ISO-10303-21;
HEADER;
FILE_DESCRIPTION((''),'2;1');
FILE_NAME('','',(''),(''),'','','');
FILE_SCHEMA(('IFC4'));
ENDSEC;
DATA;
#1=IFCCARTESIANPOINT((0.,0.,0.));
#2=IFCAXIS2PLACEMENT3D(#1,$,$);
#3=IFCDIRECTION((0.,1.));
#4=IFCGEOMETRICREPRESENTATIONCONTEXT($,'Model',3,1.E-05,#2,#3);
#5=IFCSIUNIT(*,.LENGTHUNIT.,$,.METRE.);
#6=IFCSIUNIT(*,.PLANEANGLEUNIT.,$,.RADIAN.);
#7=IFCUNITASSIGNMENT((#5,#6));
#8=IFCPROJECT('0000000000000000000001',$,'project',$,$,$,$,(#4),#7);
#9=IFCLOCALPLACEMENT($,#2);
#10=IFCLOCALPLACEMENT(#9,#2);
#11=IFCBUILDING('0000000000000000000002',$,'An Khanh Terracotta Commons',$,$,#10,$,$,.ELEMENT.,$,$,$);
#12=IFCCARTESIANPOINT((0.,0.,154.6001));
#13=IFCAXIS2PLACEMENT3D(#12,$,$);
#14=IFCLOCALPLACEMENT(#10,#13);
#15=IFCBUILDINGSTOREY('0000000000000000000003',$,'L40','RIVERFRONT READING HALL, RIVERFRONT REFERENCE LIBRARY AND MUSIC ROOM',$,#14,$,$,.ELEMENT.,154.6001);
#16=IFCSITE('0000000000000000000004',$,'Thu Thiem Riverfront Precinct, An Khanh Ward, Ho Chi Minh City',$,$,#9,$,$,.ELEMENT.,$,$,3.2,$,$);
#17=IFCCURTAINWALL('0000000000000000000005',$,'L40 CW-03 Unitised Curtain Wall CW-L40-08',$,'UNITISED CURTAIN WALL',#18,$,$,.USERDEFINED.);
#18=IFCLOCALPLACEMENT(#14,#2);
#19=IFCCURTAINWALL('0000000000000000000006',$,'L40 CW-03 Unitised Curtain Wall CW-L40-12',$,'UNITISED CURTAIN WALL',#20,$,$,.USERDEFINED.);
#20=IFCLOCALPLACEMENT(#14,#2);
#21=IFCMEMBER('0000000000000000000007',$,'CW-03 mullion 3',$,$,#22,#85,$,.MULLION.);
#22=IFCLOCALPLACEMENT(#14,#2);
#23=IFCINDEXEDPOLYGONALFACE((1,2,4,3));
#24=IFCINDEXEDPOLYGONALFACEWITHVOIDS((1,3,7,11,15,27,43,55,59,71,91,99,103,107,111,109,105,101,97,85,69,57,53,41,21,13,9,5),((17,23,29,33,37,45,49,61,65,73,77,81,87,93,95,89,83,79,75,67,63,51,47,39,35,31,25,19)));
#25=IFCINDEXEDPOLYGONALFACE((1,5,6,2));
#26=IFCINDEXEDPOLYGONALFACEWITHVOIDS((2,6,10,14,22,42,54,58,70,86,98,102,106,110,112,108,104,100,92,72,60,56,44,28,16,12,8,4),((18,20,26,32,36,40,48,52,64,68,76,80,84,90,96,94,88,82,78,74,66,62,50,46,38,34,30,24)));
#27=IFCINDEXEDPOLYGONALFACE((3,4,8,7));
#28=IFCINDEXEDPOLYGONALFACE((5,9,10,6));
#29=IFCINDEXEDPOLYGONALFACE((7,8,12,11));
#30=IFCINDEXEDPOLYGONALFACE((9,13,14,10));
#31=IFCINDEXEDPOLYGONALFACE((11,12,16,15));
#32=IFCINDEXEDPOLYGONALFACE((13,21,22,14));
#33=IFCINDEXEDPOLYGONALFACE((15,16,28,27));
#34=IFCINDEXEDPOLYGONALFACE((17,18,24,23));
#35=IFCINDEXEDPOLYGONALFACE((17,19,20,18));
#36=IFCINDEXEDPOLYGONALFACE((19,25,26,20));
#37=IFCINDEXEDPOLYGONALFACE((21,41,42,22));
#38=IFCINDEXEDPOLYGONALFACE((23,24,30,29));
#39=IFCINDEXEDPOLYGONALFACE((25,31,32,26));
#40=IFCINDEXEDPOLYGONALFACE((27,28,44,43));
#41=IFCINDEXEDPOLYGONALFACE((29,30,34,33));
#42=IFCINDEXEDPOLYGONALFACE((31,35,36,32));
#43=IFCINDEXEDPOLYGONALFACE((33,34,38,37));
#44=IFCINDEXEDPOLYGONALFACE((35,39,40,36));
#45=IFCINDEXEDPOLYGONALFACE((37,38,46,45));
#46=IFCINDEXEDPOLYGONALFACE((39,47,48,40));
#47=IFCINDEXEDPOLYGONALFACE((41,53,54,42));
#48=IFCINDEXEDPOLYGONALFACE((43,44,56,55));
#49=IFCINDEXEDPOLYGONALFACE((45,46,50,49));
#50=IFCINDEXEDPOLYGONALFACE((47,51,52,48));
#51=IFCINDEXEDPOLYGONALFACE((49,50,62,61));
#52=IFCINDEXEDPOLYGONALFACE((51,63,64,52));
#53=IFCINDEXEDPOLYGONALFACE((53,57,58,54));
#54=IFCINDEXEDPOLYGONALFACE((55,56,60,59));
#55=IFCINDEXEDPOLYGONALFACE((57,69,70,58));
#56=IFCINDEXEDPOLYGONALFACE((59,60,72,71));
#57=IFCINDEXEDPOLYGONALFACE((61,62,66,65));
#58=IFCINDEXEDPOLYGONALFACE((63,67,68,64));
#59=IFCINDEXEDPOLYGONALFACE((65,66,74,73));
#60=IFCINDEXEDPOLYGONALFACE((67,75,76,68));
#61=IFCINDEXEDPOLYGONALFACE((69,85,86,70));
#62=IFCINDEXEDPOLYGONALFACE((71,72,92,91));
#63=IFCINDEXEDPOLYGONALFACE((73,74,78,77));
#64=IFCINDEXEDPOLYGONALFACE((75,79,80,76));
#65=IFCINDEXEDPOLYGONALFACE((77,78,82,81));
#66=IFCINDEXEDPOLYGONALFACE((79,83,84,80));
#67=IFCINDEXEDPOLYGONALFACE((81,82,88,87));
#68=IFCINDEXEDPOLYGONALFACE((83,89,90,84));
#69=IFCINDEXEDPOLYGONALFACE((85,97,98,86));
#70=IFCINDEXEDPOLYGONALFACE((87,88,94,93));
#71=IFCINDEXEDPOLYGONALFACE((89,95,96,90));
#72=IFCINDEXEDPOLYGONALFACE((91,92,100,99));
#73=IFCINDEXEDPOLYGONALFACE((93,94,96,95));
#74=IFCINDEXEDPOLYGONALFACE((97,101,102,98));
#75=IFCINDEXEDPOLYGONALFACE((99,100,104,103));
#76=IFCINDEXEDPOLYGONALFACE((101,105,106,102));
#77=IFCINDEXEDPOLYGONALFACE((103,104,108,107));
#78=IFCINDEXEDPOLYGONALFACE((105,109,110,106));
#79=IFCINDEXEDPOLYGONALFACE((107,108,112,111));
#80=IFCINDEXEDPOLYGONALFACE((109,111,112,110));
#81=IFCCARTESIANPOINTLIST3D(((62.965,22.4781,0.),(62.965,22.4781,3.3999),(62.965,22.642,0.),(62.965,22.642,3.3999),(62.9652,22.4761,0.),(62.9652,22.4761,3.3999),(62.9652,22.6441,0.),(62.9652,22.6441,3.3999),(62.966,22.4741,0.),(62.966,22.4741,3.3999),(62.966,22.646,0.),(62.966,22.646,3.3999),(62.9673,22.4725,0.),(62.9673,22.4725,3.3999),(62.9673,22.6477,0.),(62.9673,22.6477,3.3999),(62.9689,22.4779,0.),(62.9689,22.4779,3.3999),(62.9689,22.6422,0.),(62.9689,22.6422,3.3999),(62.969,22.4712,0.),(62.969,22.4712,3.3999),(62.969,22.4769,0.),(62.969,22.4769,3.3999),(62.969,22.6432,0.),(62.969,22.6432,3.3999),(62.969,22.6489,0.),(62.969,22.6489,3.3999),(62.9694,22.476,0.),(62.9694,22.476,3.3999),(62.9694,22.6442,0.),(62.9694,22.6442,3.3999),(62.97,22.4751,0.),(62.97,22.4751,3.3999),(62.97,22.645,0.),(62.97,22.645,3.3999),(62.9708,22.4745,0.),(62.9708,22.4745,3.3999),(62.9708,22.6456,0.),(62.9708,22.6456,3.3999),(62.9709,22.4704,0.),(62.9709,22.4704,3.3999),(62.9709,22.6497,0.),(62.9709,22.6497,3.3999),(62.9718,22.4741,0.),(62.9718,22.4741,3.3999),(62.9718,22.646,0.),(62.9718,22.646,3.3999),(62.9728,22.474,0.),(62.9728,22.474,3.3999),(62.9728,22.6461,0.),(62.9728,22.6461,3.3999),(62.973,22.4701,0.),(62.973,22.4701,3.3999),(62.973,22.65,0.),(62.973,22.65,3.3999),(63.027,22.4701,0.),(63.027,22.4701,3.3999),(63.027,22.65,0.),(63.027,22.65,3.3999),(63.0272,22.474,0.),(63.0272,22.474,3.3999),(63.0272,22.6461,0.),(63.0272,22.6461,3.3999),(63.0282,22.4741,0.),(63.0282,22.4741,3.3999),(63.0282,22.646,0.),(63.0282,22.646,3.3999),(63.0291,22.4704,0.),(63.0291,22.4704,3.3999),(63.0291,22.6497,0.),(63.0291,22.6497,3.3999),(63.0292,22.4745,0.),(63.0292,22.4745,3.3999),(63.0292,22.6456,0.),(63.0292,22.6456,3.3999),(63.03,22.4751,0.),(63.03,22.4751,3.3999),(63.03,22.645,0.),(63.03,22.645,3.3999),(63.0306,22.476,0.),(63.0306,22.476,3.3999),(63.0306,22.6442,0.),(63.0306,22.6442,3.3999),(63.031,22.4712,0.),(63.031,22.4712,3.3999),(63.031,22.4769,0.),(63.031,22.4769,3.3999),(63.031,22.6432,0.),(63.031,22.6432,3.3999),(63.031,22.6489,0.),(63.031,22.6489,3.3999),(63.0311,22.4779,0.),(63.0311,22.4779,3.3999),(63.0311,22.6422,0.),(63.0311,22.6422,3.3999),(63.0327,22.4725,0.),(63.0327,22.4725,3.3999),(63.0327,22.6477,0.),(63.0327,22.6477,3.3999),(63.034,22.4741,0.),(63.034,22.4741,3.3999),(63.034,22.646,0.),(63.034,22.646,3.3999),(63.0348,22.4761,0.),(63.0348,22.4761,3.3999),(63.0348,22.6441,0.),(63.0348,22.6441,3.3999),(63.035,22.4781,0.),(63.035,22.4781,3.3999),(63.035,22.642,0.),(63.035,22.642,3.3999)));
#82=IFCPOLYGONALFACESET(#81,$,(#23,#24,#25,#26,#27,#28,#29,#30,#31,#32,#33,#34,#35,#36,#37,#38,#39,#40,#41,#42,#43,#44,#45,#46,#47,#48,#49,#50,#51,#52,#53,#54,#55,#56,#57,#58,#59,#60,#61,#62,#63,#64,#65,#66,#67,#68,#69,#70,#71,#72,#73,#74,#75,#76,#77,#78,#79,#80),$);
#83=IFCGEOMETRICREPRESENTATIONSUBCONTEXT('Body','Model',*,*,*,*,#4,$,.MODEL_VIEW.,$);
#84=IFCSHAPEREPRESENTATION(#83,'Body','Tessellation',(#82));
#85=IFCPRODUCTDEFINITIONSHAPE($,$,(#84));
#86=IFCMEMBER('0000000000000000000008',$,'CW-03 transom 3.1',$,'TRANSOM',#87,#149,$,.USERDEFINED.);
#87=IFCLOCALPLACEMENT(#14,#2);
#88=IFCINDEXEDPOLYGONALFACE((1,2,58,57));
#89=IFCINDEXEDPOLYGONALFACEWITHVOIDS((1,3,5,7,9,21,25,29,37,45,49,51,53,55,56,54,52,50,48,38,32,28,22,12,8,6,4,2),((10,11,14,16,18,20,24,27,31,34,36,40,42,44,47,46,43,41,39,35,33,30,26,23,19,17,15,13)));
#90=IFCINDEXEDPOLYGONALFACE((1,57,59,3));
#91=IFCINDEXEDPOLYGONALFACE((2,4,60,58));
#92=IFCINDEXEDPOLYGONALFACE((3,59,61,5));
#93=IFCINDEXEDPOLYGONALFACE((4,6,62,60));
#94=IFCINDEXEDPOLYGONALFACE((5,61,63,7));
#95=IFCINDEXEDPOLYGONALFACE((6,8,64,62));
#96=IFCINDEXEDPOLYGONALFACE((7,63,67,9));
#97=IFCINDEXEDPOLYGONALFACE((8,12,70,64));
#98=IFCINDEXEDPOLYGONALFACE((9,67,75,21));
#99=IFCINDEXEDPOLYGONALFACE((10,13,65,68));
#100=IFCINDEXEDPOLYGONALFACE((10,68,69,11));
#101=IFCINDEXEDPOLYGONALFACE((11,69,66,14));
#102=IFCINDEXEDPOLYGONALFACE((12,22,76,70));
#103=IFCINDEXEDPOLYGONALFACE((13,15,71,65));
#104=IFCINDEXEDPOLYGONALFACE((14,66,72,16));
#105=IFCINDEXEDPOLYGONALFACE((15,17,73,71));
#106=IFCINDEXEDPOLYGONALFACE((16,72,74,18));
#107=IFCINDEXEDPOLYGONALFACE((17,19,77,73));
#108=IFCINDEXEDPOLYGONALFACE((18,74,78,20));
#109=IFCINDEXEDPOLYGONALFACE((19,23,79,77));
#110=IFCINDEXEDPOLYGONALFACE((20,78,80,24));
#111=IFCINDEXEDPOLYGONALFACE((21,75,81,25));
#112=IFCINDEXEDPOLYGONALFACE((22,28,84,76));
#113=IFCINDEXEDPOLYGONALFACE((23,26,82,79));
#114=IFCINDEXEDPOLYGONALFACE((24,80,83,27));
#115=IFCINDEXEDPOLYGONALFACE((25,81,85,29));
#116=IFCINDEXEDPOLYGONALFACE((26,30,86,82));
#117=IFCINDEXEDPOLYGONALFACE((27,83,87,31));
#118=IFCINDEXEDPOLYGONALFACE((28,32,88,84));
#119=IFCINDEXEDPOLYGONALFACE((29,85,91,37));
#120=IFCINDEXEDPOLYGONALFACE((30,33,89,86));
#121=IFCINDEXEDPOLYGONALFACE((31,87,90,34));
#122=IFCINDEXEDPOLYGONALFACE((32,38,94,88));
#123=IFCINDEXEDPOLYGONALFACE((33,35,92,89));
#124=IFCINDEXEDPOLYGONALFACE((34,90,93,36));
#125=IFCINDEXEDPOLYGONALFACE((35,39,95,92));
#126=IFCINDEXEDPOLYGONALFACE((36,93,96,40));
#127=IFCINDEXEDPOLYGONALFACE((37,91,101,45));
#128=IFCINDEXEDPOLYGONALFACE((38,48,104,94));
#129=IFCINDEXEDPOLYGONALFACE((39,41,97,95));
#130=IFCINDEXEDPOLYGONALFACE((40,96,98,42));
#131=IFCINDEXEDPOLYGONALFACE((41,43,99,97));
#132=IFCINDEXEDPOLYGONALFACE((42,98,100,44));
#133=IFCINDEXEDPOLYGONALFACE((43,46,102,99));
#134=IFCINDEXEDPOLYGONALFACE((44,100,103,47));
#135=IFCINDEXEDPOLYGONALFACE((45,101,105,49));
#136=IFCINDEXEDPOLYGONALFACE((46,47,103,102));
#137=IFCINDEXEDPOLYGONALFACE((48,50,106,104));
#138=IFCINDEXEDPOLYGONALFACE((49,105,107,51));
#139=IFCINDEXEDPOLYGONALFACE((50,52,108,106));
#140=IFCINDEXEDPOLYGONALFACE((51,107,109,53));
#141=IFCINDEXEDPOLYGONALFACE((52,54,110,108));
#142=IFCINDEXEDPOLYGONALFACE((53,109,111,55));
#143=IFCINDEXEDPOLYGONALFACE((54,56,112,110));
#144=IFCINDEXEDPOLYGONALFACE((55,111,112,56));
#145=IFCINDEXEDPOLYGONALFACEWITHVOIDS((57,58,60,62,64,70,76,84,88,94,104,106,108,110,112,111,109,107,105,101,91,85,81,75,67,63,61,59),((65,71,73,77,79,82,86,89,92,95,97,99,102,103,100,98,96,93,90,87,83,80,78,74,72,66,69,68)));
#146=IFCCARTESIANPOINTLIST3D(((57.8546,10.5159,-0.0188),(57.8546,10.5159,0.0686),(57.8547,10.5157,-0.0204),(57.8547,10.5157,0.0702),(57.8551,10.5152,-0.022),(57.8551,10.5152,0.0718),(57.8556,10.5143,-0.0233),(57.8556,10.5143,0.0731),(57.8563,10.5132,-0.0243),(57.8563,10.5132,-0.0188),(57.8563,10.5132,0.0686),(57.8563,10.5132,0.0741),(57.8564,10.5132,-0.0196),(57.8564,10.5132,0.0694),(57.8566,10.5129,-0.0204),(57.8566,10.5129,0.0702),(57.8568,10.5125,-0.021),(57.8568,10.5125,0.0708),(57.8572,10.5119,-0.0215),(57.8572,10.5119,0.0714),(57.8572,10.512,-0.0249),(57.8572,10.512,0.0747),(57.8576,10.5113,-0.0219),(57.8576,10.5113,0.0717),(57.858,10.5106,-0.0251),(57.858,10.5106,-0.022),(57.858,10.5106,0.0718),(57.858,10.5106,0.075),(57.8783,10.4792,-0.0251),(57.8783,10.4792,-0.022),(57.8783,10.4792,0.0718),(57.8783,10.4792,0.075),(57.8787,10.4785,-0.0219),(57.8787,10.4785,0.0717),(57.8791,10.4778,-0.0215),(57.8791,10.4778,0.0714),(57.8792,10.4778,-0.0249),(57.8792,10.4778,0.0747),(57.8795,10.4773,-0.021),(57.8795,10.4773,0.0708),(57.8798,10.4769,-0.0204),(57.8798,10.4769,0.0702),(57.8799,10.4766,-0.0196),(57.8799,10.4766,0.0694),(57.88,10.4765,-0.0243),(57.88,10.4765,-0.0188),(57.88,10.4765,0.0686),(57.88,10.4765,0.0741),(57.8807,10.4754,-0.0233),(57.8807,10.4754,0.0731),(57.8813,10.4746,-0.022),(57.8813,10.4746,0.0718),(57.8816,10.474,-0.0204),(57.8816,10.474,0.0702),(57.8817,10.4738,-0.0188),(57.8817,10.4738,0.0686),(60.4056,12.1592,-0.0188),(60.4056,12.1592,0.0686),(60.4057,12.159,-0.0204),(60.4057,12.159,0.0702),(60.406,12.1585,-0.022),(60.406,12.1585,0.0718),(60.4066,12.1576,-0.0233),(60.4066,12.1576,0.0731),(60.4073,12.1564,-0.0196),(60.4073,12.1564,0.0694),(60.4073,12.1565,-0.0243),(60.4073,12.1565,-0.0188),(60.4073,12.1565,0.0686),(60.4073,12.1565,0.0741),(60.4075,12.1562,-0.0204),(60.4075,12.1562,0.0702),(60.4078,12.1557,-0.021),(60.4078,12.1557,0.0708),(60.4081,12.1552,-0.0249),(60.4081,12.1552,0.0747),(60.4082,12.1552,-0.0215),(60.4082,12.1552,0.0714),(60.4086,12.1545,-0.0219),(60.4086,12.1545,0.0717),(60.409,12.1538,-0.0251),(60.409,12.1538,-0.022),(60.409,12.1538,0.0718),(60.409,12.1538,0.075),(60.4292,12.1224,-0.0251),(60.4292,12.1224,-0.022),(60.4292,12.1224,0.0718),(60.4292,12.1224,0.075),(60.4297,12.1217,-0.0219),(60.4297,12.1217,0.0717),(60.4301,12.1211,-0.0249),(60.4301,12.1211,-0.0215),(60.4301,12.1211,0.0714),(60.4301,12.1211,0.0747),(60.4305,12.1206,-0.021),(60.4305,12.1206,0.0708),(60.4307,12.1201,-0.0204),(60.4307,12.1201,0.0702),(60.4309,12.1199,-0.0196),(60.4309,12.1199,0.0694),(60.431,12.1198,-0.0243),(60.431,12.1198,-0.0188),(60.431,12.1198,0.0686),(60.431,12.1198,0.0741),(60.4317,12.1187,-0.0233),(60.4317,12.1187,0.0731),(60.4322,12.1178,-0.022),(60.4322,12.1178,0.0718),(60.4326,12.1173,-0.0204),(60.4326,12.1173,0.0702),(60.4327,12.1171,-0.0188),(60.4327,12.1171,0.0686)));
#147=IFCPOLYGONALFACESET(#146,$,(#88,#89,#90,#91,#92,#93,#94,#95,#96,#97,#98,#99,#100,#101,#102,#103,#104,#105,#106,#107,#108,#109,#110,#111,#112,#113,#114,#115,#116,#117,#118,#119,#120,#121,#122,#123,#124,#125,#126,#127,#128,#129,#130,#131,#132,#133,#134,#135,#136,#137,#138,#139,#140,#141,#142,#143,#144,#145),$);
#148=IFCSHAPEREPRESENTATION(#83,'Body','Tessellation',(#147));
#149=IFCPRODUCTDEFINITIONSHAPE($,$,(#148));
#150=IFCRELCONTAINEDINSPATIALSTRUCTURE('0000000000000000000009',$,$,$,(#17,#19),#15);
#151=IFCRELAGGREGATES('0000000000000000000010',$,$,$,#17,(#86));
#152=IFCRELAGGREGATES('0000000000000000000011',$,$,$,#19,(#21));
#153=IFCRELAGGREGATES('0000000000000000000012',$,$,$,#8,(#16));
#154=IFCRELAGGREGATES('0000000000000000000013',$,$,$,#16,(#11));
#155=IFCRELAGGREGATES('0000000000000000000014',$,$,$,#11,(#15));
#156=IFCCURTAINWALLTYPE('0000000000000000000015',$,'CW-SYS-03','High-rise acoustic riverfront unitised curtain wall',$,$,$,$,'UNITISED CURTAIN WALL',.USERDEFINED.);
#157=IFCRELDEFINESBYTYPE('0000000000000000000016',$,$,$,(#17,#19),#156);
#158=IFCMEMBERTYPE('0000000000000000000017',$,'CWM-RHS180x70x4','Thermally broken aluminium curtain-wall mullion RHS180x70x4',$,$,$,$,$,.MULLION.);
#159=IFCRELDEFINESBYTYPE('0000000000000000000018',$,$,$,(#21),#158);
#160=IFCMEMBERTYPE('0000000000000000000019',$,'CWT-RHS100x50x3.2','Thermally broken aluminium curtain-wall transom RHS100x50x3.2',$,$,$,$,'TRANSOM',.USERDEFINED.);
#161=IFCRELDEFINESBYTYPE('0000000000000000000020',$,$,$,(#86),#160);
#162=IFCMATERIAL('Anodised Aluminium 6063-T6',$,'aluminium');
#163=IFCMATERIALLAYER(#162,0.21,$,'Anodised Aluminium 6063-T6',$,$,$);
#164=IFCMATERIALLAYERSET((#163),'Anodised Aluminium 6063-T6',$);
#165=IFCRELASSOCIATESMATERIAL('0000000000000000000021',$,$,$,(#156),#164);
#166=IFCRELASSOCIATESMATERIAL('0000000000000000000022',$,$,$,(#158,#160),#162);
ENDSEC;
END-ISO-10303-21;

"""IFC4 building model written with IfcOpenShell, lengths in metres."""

from ifc_helpers import new_model, si_unit, direction, frame, origin, origin_2d, place, context, subcontext, project, spatial, hollow_rectangle, extrude, material, layer, layer_set, material_profile, profile_set, type_object, element, aggregate, save


model = new_model("IFC4")

# Units and contexts
model_context = context("Model", 3, precision=1e-05, world=origin(), true_north=direction((0.0, 1.0)))
body_context = subcontext(model_context, "Body", "Model", "MODEL_VIEW")
ifc_project = project(units=[si_unit("LENGTHUNIT", "METRE"), si_unit("PLANEANGLEUNIT", "RADIAN")], contexts=[model_context])

# Site, building, storey
site_placement = place(None, origin())
site = spatial("IfcSite", under=ifc_project, at=site_placement, Name="Thu Thiem Riverfront Precinct, An Khanh Ward, Ho Chi Minh City", CompositionType="ELEMENT", RefElevation=3.2)
building_placement = place(site_placement, origin())
building = spatial("IfcBuilding", under=site, at=building_placement, Name="An Khanh Terracotta Commons", CompositionType="ELEMENT")
storey_placement = place(building_placement, frame((0.0, 0.0, 154.6001)))
storey = spatial("IfcBuildingStorey", under=building, at=storey_placement, Name="L40", Description="RIVERFRONT READING HALL, RIVERFRONT REFERENCE LIBRARY AND MUSIC ROOM", CompositionType="ELEMENT", Elevation=154.6001)

# Curtain walls, member
ifc_material_1 = material(Name="Anodised Aluminium 6063-T6", Category="aluminium")
ifc_layer_1 = layer(ifc_material_1, 0.21, Name="Anodised Aluminium 6063-T6")
ifc_layer_set_1 = layer_set([ifc_layer_1], Name="Anodised Aluminium 6063-T6")
curtain_wall_type = type_object("IfcCurtainWallType", Name="CW-SYS-03", Description="High-rise acoustic riverfront unitised curtain wall", ElementType="UNITISED CURTAIN WALL", PredefinedType="USERDEFINED", material=ifc_layer_set_1)
curtain_wall_1_placement = place(storey_placement, origin())
curtain_wall_1 = element("IfcCurtainWall", 1, at=curtain_wall_1_placement, inside=storey, type_object=curtain_wall_type, Name="L40 CW-03 Unitised Curtain Wall CW-L40-08", ObjectType="UNITISED CURTAIN WALL", PredefinedType="USERDEFINED")
ifc_material_profile_1 = material_profile(ifc_material_1, hollow_rectangle(XDim=0.0701, YDim=0.1799, WallThickness=0.0039, InnerFilletRadius=0.0039, OuterFilletRadius=0.0081, at=origin_2d()), Name="RHS180x70x4")
ifc_profile_set_1 = profile_set([ifc_material_profile_1], Name="Anodised Aluminium 6063-T6")
member_type_1 = type_object("IfcMemberType", Name="CWM-RHS180x70x4", Description="Thermally broken aluminium curtain-wall mullion RHS180x70x4", PredefinedType="MULLION", material=ifc_profile_set_1)
curtain_wall_2_placement = place(storey_placement, origin())
curtain_wall_2 = element("IfcCurtainWall", 2, at=curtain_wall_2_placement, inside=storey, type_object=curtain_wall_type, Name="L40 CW-03 Unitised Curtain Wall CW-L40-12", ObjectType="UNITISED CURTAIN WALL", PredefinedType="USERDEFINED")
member_1_placement = place(storey_placement, frame((63.0, 22.5601, 0.0), z_axis=(0.0, 0.0, 1.0), x_axis=(-1.0, 0.0, 0.0)))
member_1 = element("IfcMember", 3, at=member_1_placement, type_object=member_type_1, Name="CW-03 mullion 3", PredefinedType="MULLION", context=body_context, shape_type="SweptSolid", body=[
    extrude(hollow_rectangle(XDim=0.0701, YDim=0.1799, WallThickness=0.0039, InnerFilletRadius=0.0039, OuterFilletRadius=0.0081, at=origin_2d()), origin(), (0.0, 0.0, 1.0), 3.3999),
])

# Member
ifc_material_profile_2 = material_profile(ifc_material_1, hollow_rectangle(XDim=0.05, YDim=0.1001, WallThickness=0.0032, InnerFilletRadius=0.0032, OuterFilletRadius=0.0063, at=origin_2d()), Name="RHS100x50x3.2")
ifc_profile_set_2 = profile_set([ifc_material_profile_2], Name="Anodised Aluminium 6063-T6")
member_type_2 = type_object("IfcMemberType", Name="CWT-RHS100x50x3.2", Description="Thermally broken aluminium curtain-wall transom RHS100x50x3.2", ElementType="TRANSOM", PredefinedType="USERDEFINED", material=ifc_profile_set_2)
member_2_placement = place(storey_placement, frame((57.8682, 10.4949, 0.0249), z_axis=(0.840674, 0.541542, 0.0), x_axis=(-0.541542, 0.840674, 0.0)))
member_2 = element("IfcMember", 4, at=member_2_placement, type_object=member_type_2, Name="CW-03 transom 3.1", ObjectType="TRANSOM", PredefinedType="USERDEFINED", context=body_context, shape_type="SweptSolid", body=[
    extrude(hollow_rectangle(XDim=0.05, YDim=0.1001, WallThickness=0.0032, InnerFilletRadius=0.0032, OuterFilletRadius=0.0063, at=origin_2d()), origin(), (0.0, 0.0, 1.0), 3.0344),
])

aggregate(curtain_wall_1, [member_2])
aggregate(curtain_wall_2, [member_1])

save(model, "model.ifc")
